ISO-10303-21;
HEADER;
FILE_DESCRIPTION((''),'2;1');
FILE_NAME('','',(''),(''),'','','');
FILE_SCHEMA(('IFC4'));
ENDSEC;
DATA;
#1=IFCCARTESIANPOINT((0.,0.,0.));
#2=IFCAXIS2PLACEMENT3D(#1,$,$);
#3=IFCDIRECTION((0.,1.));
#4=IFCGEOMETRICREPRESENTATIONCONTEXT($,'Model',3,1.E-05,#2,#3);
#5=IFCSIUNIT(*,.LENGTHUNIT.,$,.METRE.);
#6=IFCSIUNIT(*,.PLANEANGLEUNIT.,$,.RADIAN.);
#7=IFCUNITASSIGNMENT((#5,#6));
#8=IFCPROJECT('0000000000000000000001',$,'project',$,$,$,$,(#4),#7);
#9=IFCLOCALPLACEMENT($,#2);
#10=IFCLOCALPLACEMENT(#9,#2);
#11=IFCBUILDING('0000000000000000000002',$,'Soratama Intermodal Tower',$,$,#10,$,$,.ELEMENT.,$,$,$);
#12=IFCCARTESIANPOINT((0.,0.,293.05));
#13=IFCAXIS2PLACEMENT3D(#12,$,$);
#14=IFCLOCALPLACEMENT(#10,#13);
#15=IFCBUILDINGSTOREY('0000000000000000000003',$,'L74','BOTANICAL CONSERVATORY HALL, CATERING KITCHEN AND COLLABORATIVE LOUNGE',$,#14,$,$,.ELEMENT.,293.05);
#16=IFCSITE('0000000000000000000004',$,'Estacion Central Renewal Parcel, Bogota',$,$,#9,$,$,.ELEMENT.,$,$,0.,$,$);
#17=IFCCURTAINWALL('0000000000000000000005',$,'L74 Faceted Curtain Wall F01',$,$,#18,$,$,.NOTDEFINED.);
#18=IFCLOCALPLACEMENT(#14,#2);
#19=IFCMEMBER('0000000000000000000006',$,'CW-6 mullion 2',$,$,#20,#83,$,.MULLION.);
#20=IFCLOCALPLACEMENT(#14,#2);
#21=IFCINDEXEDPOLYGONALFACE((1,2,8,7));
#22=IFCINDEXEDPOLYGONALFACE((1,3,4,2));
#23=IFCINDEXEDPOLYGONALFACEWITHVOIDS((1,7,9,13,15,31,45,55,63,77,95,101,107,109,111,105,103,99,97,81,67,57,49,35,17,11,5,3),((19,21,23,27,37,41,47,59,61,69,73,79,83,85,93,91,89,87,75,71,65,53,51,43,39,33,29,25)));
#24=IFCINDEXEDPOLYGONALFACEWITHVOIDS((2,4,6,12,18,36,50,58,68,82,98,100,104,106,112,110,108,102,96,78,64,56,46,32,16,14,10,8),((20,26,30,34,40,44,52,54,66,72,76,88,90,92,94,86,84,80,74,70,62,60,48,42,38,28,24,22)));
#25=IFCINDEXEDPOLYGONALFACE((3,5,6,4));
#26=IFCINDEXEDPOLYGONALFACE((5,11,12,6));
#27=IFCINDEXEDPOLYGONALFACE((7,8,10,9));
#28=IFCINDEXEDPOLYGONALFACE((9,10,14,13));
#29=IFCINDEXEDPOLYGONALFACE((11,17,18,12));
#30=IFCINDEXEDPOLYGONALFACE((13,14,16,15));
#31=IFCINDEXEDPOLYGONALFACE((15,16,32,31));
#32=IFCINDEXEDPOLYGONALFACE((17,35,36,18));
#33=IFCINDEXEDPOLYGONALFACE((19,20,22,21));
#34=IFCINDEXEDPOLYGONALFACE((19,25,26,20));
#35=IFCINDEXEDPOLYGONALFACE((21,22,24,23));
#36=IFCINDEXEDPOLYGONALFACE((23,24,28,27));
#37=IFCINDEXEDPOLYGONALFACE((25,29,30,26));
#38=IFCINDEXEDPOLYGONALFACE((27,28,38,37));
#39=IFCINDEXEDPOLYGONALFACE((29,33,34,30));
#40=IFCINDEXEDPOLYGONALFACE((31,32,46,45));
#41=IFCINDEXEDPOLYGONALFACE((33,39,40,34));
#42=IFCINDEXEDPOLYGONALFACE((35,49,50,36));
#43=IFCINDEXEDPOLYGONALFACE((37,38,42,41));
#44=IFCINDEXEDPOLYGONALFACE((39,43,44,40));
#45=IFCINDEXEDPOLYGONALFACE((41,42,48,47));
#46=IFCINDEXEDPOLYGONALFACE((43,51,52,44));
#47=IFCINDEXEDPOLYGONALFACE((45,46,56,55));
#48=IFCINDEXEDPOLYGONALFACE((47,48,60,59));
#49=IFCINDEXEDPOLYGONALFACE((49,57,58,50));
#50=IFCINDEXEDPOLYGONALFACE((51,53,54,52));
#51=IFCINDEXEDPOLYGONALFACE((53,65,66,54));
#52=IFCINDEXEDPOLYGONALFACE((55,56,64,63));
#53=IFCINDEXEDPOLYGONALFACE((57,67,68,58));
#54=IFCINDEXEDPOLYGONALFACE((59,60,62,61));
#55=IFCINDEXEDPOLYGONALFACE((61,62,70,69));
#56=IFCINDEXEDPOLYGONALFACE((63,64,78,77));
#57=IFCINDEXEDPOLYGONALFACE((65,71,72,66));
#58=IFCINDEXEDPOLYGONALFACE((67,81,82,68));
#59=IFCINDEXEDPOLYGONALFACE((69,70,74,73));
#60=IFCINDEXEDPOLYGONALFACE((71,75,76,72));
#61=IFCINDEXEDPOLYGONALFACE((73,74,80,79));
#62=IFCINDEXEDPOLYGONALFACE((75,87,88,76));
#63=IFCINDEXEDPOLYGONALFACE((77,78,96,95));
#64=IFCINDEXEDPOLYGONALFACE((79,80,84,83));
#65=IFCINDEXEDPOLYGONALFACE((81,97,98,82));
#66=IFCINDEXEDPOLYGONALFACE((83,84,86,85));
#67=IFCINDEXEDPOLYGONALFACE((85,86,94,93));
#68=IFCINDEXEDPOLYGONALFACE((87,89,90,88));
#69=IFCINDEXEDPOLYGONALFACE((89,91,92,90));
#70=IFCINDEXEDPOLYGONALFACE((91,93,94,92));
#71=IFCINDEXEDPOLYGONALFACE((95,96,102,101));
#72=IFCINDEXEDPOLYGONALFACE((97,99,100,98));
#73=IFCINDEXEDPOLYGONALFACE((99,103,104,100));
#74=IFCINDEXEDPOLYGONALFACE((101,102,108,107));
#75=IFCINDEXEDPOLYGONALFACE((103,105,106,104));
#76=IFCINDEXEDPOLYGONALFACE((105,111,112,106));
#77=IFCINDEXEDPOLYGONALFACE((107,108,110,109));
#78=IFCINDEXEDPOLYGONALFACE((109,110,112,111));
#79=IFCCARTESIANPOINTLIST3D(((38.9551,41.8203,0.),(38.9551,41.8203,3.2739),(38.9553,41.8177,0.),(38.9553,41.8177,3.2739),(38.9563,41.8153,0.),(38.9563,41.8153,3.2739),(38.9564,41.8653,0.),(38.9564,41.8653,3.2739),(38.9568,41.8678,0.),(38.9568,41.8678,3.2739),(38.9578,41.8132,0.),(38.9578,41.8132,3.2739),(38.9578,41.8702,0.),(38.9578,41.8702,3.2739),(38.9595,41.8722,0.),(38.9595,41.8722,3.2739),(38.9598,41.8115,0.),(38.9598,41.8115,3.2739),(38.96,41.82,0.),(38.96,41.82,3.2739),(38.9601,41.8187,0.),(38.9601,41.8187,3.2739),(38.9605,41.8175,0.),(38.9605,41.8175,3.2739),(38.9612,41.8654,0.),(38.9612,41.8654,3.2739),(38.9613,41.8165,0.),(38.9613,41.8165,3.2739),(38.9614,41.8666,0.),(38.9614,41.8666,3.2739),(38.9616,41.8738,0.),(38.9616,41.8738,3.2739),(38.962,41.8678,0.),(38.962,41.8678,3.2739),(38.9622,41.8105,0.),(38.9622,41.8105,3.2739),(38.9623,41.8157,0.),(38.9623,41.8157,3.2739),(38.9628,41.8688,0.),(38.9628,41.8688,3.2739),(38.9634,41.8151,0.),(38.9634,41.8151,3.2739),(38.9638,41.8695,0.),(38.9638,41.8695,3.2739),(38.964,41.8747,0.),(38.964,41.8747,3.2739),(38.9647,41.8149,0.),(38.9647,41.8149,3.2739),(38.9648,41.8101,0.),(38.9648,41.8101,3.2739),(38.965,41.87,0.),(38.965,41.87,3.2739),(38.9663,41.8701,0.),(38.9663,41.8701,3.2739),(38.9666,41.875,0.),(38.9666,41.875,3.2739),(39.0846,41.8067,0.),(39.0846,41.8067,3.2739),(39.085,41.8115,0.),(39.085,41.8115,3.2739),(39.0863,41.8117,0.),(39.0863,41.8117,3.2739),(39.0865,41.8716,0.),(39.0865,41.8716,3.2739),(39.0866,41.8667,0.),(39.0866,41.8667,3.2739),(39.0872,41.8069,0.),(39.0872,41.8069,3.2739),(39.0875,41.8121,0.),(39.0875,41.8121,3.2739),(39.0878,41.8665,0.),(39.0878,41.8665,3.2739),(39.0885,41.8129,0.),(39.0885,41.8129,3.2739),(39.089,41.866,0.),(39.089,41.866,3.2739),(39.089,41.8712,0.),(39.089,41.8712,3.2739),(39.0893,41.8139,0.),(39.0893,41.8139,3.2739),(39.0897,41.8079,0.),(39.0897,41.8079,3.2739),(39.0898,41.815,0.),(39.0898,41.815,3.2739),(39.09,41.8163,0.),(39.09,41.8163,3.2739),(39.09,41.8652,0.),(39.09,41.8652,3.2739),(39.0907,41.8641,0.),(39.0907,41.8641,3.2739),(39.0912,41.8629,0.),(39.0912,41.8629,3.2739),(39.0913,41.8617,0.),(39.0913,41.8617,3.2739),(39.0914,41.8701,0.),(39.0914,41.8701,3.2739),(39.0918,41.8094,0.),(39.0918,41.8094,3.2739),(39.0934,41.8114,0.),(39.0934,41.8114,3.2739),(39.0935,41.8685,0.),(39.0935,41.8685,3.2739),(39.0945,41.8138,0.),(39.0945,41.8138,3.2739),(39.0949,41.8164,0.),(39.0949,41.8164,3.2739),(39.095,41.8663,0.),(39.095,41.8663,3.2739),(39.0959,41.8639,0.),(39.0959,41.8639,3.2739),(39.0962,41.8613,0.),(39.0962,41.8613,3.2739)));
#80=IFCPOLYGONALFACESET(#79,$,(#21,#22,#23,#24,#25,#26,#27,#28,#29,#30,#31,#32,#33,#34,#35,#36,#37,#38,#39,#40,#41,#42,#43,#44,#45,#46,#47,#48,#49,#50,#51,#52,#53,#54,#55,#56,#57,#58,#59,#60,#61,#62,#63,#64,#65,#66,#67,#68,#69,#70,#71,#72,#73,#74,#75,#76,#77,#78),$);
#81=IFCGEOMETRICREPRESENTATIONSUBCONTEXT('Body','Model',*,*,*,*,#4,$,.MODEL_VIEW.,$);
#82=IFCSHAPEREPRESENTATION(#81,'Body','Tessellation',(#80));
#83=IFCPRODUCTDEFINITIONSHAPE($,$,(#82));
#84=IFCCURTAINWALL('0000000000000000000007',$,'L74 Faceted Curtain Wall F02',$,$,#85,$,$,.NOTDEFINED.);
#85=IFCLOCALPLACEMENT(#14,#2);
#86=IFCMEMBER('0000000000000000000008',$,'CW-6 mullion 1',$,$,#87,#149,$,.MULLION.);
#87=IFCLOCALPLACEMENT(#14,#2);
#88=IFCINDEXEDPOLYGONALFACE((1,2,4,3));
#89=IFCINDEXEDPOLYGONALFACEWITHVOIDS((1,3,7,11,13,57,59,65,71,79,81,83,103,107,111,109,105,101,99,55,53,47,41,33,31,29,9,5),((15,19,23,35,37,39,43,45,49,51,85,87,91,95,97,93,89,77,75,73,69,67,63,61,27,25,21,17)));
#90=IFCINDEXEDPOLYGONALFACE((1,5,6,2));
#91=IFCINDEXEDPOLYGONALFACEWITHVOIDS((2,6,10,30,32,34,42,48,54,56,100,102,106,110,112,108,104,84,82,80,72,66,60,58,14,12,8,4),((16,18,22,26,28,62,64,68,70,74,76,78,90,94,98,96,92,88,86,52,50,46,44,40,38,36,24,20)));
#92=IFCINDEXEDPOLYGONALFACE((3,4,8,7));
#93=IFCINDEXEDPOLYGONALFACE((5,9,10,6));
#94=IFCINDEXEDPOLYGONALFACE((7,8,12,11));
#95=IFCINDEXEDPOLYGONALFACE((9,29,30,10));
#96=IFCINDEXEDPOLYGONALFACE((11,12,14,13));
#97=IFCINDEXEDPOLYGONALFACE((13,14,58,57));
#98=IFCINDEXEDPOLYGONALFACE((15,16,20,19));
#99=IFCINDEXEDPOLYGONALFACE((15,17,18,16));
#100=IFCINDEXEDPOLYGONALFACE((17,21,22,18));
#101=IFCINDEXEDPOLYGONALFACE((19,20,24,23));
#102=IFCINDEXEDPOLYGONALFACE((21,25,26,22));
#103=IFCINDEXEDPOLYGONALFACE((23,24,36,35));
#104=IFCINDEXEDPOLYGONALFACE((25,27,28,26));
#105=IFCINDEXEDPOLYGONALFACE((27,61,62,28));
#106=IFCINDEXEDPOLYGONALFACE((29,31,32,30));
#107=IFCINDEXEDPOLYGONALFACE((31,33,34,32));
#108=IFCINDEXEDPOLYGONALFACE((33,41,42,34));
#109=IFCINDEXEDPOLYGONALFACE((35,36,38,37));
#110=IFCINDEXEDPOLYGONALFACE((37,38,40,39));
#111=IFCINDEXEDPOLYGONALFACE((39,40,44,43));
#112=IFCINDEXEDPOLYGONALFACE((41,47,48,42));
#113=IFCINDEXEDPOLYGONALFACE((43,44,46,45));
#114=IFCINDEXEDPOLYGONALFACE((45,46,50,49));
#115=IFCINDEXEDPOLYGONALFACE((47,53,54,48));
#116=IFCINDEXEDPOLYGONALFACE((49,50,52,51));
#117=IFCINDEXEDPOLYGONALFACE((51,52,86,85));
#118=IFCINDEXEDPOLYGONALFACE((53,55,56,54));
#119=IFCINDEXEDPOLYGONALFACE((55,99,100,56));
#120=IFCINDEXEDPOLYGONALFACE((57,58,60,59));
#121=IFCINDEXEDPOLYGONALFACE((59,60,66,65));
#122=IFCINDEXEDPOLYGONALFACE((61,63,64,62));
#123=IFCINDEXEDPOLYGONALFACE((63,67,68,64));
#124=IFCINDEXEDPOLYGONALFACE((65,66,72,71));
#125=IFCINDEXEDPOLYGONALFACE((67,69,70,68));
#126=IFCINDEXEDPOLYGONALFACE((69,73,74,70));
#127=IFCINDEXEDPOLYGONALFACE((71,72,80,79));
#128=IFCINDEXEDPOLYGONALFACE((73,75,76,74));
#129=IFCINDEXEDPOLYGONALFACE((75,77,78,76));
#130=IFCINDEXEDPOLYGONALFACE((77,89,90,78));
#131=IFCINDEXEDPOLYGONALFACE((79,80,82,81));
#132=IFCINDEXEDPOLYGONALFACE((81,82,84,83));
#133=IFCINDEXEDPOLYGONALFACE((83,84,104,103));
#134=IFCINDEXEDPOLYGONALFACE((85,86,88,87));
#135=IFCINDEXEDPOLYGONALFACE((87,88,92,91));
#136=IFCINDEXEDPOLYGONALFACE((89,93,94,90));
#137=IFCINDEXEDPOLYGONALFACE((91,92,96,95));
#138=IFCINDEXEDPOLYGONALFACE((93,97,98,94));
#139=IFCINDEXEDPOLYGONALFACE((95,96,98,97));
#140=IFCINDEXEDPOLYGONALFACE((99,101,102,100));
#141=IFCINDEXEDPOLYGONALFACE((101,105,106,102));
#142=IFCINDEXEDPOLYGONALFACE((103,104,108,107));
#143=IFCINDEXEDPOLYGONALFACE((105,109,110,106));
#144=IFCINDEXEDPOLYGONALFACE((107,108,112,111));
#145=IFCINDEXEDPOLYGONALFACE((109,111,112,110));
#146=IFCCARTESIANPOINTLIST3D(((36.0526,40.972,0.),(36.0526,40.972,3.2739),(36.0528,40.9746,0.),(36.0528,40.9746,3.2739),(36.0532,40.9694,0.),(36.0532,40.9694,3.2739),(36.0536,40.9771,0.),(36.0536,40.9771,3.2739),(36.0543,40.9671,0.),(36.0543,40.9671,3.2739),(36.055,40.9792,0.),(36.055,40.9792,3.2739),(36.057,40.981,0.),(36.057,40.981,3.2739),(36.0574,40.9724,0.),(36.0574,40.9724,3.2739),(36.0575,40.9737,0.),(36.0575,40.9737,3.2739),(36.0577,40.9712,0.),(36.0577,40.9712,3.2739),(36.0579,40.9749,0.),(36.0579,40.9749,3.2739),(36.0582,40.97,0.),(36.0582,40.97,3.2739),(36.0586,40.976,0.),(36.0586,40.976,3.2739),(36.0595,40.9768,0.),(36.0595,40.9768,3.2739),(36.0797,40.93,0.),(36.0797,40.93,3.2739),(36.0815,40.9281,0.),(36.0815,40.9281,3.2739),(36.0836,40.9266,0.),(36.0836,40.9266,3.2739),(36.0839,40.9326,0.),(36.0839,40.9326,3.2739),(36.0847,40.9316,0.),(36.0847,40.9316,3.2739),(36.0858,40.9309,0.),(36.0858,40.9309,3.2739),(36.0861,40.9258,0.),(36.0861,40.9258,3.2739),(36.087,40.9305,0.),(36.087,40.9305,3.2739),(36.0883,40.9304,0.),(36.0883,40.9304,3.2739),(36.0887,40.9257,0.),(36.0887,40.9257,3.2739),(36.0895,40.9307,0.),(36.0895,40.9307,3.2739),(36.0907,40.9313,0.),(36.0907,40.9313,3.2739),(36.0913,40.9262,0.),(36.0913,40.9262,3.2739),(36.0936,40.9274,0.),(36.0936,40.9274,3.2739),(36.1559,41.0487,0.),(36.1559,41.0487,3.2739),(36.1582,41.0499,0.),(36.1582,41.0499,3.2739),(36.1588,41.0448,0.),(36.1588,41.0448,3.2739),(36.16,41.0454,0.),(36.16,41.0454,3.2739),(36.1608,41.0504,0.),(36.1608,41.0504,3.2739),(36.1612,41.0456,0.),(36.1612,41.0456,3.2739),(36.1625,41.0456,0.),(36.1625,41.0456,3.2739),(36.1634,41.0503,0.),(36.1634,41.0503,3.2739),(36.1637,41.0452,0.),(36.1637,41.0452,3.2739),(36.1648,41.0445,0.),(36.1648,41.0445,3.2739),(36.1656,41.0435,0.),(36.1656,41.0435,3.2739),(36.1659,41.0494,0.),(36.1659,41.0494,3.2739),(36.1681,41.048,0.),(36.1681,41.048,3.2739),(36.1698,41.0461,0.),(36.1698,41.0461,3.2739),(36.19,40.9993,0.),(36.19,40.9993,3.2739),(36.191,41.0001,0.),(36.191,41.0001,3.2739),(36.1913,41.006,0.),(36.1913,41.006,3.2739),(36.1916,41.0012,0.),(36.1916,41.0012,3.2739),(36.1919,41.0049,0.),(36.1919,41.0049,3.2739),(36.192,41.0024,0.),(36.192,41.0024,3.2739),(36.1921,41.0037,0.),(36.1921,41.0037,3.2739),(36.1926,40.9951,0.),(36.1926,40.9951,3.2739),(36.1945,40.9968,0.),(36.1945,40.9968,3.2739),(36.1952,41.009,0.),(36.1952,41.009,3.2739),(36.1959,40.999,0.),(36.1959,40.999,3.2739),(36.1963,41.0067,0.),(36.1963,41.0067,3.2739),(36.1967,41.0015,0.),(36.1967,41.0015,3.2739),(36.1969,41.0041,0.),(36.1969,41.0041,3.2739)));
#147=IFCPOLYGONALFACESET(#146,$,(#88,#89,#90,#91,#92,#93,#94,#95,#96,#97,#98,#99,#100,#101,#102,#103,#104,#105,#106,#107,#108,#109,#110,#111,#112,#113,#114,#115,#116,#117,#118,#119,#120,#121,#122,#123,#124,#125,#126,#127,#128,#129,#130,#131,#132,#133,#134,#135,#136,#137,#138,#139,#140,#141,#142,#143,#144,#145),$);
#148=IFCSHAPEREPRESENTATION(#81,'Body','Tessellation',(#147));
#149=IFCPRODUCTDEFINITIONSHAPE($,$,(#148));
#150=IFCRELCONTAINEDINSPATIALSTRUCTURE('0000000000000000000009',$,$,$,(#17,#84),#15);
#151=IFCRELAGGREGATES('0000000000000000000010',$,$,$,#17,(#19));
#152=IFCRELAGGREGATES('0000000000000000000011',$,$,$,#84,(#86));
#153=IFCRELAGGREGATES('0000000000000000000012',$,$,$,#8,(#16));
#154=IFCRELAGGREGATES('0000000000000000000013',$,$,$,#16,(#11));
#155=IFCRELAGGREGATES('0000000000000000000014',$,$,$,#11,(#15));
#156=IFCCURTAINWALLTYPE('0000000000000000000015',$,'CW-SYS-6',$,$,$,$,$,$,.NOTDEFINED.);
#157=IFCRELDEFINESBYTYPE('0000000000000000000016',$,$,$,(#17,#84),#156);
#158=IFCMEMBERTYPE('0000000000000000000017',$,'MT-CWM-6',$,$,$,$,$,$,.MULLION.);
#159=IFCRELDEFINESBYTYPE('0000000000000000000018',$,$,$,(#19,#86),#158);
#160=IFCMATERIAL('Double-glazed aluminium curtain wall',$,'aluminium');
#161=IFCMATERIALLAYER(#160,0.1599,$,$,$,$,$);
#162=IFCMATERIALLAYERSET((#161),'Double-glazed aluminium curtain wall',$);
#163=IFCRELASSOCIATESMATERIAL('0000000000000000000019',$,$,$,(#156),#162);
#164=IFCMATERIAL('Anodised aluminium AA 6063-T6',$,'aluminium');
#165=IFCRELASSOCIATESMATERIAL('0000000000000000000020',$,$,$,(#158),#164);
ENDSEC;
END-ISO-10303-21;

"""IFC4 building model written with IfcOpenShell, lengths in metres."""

from ifc_helpers import new_model, si_unit, direction, frame, origin, origin_2d, place, context, subcontext, project, spatial, hollow_rectangle, extrude, material, layer, layer_set, material_profile, profile_set, type_object, element, aggregate, save


model = new_model("IFC4")

# Units and contexts
model_context = context("Model", 3, precision=1e-05, world=origin(), true_north=direction((0.0, 1.0)))
body_context = subcontext(model_context, "Body", "Model", "MODEL_VIEW")
ifc_project = project(units=[si_unit("LENGTHUNIT", "METRE"), si_unit("PLANEANGLEUNIT", "RADIAN")], contexts=[model_context])

# Site, building, storey
site_placement = place(None, origin())
site = spatial("IfcSite", under=ifc_project, at=site_placement, Name="Estacion Central Renewal Parcel, Bogota", CompositionType="ELEMENT", RefElevation=0.0)
building_placement = place(site_placement, origin())
building = spatial("IfcBuilding", under=site, at=building_placement, Name="Soratama Intermodal Tower", CompositionType="ELEMENT")
storey_placement = place(building_placement, frame((0.0, 0.0, 293.05)))
storey = spatial("IfcBuildingStorey", under=building, at=storey_placement, Name="L74", Description="BOTANICAL CONSERVATORY HALL, CATERING KITCHEN AND COLLABORATIVE LOUNGE", CompositionType="ELEMENT", Elevation=293.05)

# Curtain wall, member
ifc_material_1 = material(Name="Double-glazed aluminium curtain wall", Category="aluminium")
ifc_layer_1 = layer(ifc_material_1, 0.1599)
ifc_layer_set_1 = layer_set([ifc_layer_1], Name="Double-glazed aluminium curtain wall")
curtain_wall_type = type_object("IfcCurtainWallType", Name="CW-SYS-6", PredefinedType="NOTDEFINED", material=ifc_layer_set_1)
curtain_wall_1_placement = place(storey_placement, origin())
curtain_wall_1 = element("IfcCurtainWall", 1, at=curtain_wall_1_placement, inside=storey, type_object=curtain_wall_type, Name="L74 Faceted Curtain Wall F01", PredefinedType="NOTDEFINED")
ifc_material_2 = material(Name="Anodised aluminium AA 6063-T6", Category="aluminium")
ifc_material_profile_1 = material_profile(ifc_material_2, hollow_rectangle(XDim=0.0649, YDim=0.1399, WallThickness=0.0049, InnerFilletRadius=0.0049, OuterFilletRadius=0.01, at=origin_2d()), Name="CWM140X65X5")
ifc_profile_set_1 = profile_set([ifc_material_profile_1], Name="Anodised aluminium AA 6063-T6")
member_type_1 = type_object("IfcMemberType", Name="MT-CWM-6", PredefinedType="MULLION", material=ifc_profile_set_1)
member_1_placement = place(storey_placement, frame((39.0256, 41.8408, 0.0), z_axis=(0.0, 0.0, 1.0), x_axis=(-0.02828, -0.9996, 0.0)))
member_1 = element("IfcMember", 2, at=member_1_placement, type_object=member_type_1, Name="CW-6 mullion 2", PredefinedType="MULLION", context=body_context, shape_type="SweptSolid", body=[
    extrude(hollow_rectangle(XDim=0.0649, YDim=0.1399, WallThickness=0.0049, InnerFilletRadius=0.0049, OuterFilletRadius=0.01, at=origin_2d()), origin(), (0.0, 0.0, 1.0), 3.2739),
])
aggregate(curtain_wall_1, [member_1])

# Curtain wall, member
curtain_wall_2_placement = place(storey_placement, origin())
curtain_wall_2 = element("IfcCurtainWall", 3, at=curtain_wall_2_placement, inside=storey, type_object=curtain_wall_type, Name="L74 Faceted Curtain Wall F02", PredefinedType="NOTDEFINED")
member_2_placement = place(storey_placement, frame((36.1248, 40.988, 0.0), z_axis=(0.0, 0.0, 1.0), x_axis=(0.564681, -0.825309, 0.0)))
member_2 = element("IfcMember", 4, at=member_2_placement, type_object=member_type_1, Name="CW-6 mullion 1", PredefinedType="MULLION", context=body_context, shape_type="SweptSolid", body=[
    extrude(hollow_rectangle(XDim=0.0649, YDim=0.1399, WallThickness=0.0049, InnerFilletRadius=0.0049, OuterFilletRadius=0.01, at=origin_2d()), origin(), (0.0, 0.0, 1.0), 3.2739),
])
aggregate(curtain_wall_2, [member_2])

save(model, "model.ifc")
